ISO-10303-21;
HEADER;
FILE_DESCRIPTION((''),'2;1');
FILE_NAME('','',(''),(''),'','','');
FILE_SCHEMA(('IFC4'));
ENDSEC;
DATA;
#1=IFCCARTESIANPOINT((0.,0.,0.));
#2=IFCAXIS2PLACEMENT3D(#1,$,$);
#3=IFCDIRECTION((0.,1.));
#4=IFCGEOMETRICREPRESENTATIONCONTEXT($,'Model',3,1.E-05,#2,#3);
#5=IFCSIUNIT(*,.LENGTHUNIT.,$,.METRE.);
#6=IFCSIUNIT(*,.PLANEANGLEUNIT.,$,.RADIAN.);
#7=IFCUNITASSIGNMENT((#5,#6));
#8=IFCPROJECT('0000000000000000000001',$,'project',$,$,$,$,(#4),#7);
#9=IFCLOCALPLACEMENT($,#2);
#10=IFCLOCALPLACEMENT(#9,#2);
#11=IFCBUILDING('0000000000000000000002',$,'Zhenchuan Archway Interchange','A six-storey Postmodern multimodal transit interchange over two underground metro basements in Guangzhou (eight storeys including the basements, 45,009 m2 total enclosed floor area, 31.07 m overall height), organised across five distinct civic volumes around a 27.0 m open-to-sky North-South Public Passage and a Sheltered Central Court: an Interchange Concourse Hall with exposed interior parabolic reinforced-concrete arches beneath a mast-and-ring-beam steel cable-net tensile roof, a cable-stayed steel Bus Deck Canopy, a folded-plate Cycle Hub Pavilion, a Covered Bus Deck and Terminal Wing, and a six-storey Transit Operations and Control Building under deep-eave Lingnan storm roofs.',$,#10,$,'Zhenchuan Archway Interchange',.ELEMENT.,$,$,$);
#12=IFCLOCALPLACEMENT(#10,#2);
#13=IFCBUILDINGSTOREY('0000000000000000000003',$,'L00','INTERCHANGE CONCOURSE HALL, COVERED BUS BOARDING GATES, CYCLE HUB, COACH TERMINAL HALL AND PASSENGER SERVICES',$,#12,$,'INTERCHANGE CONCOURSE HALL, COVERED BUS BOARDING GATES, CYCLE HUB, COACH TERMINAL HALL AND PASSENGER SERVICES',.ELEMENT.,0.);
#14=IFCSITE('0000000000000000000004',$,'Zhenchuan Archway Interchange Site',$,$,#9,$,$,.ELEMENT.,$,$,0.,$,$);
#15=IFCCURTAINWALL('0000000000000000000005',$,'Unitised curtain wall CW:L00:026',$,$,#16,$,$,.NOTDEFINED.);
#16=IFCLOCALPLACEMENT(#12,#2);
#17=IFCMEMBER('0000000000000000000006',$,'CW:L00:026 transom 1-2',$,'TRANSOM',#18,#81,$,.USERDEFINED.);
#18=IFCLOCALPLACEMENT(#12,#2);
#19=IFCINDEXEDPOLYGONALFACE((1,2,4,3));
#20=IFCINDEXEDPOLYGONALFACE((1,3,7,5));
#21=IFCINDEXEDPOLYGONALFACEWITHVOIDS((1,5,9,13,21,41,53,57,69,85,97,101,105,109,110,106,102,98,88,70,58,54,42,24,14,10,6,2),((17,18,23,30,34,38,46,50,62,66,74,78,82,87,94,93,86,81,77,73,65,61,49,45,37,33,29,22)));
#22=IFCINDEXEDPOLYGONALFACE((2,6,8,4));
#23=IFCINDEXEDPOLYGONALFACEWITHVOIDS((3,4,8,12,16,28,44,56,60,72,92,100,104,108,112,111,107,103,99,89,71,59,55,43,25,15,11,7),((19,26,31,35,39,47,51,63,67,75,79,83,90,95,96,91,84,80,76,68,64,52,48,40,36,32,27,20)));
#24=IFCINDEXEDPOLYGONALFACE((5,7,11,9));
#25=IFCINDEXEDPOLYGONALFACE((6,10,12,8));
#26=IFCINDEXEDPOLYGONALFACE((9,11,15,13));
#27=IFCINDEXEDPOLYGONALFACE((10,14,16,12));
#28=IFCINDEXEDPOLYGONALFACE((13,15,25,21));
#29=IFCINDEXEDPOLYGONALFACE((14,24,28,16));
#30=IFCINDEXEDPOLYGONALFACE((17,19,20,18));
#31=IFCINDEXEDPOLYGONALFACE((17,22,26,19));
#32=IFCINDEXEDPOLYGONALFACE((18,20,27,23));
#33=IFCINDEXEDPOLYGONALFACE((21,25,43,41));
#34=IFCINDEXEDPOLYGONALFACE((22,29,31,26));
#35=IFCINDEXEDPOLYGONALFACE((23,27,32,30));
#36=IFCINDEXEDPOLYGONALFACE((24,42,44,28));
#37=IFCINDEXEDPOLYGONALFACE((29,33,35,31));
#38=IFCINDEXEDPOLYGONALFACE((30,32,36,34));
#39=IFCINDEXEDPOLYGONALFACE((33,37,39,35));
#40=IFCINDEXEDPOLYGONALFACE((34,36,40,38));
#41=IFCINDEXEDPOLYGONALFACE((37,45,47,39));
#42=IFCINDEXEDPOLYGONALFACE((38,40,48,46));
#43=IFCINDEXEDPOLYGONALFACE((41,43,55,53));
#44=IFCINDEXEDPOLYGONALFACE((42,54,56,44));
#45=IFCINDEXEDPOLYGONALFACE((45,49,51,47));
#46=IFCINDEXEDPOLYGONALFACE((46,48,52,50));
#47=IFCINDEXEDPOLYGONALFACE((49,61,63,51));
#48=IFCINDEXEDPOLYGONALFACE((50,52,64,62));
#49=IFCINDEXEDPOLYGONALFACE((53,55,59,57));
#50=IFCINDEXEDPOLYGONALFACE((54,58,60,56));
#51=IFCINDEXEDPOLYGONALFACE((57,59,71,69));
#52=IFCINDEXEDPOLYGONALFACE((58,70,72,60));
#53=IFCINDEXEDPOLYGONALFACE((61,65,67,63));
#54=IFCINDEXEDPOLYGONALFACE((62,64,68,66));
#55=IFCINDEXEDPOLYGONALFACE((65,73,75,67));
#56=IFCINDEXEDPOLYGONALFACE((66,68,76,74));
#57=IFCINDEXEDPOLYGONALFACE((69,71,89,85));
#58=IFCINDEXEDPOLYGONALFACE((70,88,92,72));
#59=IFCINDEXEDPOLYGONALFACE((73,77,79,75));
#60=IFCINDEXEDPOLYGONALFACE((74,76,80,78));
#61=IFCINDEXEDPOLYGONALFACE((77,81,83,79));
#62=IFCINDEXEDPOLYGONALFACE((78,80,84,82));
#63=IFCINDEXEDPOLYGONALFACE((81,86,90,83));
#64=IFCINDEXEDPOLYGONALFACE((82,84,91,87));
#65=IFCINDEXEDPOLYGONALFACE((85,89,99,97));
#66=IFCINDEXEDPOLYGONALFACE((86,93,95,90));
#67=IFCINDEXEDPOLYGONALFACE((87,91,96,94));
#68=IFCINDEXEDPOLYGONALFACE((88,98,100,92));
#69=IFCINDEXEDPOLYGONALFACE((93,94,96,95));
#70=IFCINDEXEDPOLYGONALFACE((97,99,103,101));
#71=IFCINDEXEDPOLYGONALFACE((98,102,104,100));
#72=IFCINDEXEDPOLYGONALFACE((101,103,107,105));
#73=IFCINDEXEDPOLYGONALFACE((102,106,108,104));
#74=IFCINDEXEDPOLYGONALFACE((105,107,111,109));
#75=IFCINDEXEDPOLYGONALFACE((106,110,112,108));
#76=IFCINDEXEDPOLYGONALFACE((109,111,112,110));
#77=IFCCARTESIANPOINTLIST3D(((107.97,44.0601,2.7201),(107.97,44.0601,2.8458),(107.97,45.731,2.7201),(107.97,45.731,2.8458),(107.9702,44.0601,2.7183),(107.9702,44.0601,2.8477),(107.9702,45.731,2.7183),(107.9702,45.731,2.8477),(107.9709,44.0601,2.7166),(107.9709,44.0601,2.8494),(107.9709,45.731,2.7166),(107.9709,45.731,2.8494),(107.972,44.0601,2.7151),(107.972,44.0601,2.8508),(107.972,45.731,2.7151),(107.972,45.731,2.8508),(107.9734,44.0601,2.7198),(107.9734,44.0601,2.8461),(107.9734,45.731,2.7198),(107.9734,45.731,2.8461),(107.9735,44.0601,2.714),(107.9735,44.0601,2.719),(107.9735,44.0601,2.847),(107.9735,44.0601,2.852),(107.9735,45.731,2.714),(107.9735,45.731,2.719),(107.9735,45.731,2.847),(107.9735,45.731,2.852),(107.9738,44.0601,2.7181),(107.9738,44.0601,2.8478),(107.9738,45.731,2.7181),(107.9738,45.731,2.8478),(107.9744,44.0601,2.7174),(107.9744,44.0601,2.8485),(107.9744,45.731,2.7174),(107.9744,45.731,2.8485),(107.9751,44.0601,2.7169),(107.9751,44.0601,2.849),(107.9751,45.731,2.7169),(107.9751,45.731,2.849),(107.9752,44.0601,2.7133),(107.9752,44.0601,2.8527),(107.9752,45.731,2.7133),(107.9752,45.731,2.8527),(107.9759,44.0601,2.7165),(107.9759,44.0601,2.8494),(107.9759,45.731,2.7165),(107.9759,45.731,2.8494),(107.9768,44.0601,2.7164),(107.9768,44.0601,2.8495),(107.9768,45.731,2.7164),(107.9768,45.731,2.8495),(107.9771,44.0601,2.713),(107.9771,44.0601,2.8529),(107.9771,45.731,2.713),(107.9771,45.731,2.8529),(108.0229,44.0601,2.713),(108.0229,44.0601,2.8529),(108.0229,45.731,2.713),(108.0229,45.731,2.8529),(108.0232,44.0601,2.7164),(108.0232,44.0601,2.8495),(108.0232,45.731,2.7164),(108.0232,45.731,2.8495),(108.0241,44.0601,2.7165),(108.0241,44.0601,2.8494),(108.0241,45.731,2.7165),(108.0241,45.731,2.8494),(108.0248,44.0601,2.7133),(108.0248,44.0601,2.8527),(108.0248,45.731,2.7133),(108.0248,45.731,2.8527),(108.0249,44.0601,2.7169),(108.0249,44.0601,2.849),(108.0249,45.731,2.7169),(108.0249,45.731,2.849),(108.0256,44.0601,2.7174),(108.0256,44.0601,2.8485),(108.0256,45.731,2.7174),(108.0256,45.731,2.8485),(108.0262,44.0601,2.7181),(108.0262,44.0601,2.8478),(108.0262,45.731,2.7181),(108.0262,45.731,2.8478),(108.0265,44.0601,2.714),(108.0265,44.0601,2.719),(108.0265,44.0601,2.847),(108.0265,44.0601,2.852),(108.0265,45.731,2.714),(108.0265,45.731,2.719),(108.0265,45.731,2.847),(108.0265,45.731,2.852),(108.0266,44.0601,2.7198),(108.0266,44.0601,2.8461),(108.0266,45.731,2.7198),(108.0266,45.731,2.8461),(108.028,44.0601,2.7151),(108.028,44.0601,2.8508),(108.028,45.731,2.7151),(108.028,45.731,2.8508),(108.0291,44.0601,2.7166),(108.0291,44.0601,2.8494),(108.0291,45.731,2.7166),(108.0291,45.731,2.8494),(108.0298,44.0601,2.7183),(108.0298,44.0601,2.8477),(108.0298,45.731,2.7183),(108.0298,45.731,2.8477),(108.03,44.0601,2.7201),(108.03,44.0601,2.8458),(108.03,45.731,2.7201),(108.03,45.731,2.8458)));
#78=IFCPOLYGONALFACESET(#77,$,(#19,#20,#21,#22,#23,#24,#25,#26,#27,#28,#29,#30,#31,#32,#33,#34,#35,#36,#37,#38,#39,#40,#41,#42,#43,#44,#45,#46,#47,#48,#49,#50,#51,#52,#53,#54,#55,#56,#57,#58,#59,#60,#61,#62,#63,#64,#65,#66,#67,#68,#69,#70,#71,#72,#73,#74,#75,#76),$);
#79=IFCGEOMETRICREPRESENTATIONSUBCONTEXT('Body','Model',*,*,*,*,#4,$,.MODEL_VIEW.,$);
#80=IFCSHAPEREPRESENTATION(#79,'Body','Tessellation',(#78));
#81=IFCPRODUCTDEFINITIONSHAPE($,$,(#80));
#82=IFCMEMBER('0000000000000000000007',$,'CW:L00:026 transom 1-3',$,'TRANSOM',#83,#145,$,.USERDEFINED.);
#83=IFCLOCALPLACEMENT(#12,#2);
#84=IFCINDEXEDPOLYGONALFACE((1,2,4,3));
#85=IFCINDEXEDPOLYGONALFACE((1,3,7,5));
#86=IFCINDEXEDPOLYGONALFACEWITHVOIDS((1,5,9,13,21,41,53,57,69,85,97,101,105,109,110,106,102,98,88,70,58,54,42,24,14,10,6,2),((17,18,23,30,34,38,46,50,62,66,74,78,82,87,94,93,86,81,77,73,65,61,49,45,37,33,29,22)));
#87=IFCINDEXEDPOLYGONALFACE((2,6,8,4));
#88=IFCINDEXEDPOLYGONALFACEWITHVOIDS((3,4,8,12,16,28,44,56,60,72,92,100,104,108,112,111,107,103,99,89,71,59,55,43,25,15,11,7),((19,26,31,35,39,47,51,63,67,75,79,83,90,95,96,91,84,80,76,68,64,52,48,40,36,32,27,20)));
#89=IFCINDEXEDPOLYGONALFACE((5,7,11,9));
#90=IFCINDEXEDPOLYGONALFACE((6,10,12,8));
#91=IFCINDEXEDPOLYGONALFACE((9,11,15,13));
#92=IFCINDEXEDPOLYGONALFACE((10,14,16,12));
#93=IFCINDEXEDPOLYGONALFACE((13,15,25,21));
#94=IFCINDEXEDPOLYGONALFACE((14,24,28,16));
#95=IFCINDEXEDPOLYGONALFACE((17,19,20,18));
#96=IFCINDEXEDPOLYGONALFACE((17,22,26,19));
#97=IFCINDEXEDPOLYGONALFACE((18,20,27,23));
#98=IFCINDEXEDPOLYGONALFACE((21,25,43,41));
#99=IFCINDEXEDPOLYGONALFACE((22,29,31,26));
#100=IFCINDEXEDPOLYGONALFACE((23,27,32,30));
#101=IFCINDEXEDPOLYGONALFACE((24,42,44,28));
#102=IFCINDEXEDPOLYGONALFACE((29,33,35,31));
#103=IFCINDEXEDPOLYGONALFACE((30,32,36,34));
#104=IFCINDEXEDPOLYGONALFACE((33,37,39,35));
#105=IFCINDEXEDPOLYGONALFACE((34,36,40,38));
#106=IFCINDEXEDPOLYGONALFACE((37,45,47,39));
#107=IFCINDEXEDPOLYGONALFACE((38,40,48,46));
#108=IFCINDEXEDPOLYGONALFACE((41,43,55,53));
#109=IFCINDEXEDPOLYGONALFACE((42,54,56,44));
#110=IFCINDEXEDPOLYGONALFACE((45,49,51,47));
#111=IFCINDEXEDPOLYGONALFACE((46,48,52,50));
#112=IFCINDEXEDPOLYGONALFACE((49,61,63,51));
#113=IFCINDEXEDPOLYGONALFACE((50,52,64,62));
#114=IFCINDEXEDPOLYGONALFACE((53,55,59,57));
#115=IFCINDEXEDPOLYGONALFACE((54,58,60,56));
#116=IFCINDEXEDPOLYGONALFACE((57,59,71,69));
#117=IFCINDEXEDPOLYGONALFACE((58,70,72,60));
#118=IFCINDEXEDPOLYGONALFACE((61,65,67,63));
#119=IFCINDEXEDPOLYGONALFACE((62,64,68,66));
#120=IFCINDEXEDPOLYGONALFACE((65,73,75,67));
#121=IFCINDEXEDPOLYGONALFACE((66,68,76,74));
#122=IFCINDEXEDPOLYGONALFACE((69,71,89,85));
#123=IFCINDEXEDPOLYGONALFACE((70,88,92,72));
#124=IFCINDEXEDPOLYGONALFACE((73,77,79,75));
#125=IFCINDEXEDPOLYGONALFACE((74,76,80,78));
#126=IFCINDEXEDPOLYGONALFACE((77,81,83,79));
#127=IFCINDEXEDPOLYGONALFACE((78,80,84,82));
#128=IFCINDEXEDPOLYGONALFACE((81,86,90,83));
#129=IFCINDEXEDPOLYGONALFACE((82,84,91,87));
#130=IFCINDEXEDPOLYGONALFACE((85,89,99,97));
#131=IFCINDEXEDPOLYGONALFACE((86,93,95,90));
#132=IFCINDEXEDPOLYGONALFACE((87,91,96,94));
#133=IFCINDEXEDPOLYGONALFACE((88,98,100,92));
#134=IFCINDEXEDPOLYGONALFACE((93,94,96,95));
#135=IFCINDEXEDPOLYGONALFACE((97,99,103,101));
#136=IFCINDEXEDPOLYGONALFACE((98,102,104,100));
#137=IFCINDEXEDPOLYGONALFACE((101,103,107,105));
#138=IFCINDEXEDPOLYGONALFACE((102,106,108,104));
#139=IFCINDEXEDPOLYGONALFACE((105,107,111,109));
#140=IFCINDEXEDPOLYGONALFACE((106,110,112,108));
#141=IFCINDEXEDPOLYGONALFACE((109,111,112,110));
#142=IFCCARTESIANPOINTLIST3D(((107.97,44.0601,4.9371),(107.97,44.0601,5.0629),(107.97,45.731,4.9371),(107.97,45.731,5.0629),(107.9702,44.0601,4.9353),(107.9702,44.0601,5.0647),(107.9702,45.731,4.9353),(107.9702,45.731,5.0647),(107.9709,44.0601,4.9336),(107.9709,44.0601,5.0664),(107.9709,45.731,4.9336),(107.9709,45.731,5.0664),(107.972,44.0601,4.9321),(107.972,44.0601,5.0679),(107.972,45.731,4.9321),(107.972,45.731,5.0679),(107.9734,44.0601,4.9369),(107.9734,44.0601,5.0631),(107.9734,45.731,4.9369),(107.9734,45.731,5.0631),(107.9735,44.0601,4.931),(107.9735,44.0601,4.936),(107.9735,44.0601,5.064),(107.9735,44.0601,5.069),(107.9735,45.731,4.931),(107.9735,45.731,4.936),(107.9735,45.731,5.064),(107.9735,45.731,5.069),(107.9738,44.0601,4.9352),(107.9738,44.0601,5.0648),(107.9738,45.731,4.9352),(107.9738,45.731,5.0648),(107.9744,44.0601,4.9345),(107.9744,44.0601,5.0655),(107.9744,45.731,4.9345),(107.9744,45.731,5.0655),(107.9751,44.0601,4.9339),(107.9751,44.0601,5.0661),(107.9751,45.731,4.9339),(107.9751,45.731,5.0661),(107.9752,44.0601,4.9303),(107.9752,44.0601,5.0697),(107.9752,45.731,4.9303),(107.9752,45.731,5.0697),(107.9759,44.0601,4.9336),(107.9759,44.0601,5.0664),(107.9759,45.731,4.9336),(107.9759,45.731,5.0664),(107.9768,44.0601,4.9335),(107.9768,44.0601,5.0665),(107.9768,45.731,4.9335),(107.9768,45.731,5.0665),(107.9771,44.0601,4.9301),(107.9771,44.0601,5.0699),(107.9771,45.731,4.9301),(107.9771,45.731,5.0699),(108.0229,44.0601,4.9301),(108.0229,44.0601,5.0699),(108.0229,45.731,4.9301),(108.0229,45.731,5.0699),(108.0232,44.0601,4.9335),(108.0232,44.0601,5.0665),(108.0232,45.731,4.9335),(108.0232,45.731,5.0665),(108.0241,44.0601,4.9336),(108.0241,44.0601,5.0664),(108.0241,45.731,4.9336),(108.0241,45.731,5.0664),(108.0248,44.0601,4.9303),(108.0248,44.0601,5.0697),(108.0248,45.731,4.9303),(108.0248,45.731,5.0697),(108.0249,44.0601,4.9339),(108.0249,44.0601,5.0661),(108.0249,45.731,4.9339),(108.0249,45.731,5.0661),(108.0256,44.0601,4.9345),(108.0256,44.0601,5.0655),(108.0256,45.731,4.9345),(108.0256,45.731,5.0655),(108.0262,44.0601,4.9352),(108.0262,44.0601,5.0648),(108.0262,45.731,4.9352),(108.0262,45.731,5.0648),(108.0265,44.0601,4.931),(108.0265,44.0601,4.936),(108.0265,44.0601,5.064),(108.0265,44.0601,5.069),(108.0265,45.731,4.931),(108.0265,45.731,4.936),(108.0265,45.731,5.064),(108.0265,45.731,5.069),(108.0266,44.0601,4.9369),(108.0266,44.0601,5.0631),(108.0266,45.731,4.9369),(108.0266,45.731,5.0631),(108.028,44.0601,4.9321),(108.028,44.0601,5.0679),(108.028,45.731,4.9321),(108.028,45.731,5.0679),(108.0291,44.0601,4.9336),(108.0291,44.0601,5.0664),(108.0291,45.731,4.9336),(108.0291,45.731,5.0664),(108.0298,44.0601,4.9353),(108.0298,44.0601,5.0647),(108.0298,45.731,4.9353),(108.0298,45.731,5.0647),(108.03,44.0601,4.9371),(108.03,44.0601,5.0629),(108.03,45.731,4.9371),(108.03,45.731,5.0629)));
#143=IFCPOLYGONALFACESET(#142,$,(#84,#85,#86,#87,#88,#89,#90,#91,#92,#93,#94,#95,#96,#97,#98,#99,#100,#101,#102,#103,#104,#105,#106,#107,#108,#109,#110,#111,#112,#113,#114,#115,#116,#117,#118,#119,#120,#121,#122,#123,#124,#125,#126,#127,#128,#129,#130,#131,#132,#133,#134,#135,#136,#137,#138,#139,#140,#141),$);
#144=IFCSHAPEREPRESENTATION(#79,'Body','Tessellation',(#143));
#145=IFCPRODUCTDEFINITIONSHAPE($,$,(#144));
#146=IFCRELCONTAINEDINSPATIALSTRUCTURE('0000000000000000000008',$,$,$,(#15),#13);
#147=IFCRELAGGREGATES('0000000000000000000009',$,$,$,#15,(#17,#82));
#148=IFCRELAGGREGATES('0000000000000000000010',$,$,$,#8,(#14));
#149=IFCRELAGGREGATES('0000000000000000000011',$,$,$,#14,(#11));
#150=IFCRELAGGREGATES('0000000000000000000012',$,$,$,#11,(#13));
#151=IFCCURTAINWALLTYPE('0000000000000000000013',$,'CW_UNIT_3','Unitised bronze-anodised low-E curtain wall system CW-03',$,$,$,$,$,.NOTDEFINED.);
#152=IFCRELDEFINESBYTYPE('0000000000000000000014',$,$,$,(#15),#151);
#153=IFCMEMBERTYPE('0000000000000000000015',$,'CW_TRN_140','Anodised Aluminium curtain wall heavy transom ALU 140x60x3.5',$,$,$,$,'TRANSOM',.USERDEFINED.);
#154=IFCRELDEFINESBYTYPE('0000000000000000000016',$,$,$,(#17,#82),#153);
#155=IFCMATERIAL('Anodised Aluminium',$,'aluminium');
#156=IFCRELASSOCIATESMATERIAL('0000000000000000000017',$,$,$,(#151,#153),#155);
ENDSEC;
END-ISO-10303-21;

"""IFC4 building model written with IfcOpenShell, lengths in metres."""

from ifc_helpers import new_model, si_unit, direction, frame, origin, origin_2d, place, context, subcontext, project, spatial, hollow_rectangle, extrude, material, material_profile, profile_set, type_object, element, aggregate, save


model = new_model("IFC4")

# Units and contexts
model_context = context("Model", 3, precision=1e-05, world=origin(), true_north=direction((0.0, 1.0)))
body_context = subcontext(model_context, "Body", "Model", "MODEL_VIEW")
ifc_project = project(units=[si_unit("LENGTHUNIT", "METRE"), si_unit("PLANEANGLEUNIT", "RADIAN")], contexts=[model_context])

# Site, building, storey
site_placement = place(None, origin())
site = spatial("IfcSite", under=ifc_project, at=site_placement, Name="Zhenchuan Archway Interchange Site", CompositionType="ELEMENT", RefElevation=0.0)
building_placement = place(site_placement, origin())
building = spatial("IfcBuilding", under=site, at=building_placement, Name="Zhenchuan Archway Interchange", Description="A six-storey Postmodern multimodal transit interchange over two underground metro basements in Guangzhou (eight storeys including the basements, 45,009 m2 total enclosed floor area, 31.07 m overall height), organised across five distinct civic volumes around a 27.0 m open-to-sky North-South Public Passage and a Sheltered Central Court: an Interchange Concourse Hall with exposed interior parabolic reinforced-concrete arches beneath a mast-and-ring-beam steel cable-net tensile roof, a cable-stayed steel Bus Deck Canopy, a folded-plate Cycle Hub Pavilion, a Covered Bus Deck and Terminal Wing, and a six-storey Transit Operations and Control Building under deep-eave Lingnan storm roofs.", LongName="Zhenchuan Archway Interchange", CompositionType="ELEMENT")
storey_placement = place(building_placement, origin())
storey = spatial("IfcBuildingStorey", under=building, at=storey_placement, Name="L00", Description="INTERCHANGE CONCOURSE HALL, COVERED BUS BOARDING GATES, CYCLE HUB, COACH TERMINAL HALL AND PASSENGER SERVICES", LongName="INTERCHANGE CONCOURSE HALL, COVERED BUS BOARDING GATES, CYCLE HUB, COACH TERMINAL HALL AND PASSENGER SERVICES", CompositionType="ELEMENT", Elevation=0.0)

# Curtain wall, members
ifc_material_1 = material(Name="Anodised Aluminium", Category="aluminium")
curtain_wall_type = type_object("IfcCurtainWallType", Name="CW_UNIT_3", Description="Unitised bronze-anodised low-E curtain wall system CW-03", PredefinedType="NOTDEFINED", material=ifc_material_1)
curtain_wall_placement = place(storey_placement, origin())
curtain_wall = element("IfcCurtainWall", 1, at=curtain_wall_placement, inside=storey, type_object=curtain_wall_type, Name="Unitised curtain wall CW:L00:026", PredefinedType="NOTDEFINED")
ifc_material_profile_1 = material_profile(ifc_material_1, hollow_rectangle(XDim=0.0601, YDim=0.1399, WallThickness=0.0034, InnerFilletRadius=0.0034, OuterFilletRadius=0.0071, at=origin_2d()), Name="ALU 140x60x3.5")
ifc_profile_set_1 = profile_set([ifc_material_profile_1], Name="Anodised Aluminium")
member_type_1 = type_object("IfcMemberType", Name="CW_TRN_140", Description="Anodised Aluminium curtain wall heavy transom ALU 140x60x3.5", ElementType="TRANSOM", PredefinedType="USERDEFINED", material=ifc_profile_set_1)
member_1_placement = place(storey_placement, frame((108.0, 45.731, 2.783), z_axis=(0.0, -1.0, 0.0), x_axis=(1.0, 0.0, 0.0)))
member_1 = element("IfcMember", 2, at=member_1_placement, type_object=member_type_1, Name="CW:L00:026 transom 1-2", ObjectType="TRANSOM", PredefinedType="USERDEFINED", context=body_context, shape_type="SweptSolid", body=[
    extrude(hollow_rectangle(XDim=0.0601, YDim=0.1399, WallThickness=0.0034, InnerFilletRadius=0.0034, OuterFilletRadius=0.0071, at=origin_2d()), origin(), (0.0, 0.0, 1.0), 1.6709),
])
member_2_placement = place(storey_placement, frame((108.0, 45.731, 5.0), z_axis=(0.0, -1.0, 0.0), x_axis=(1.0, 0.0, 0.0)))
member_2 = element("IfcMember", 3, at=member_2_placement, type_object=member_type_1, Name="CW:L00:026 transom 1-3", ObjectType="TRANSOM", PredefinedType="USERDEFINED", context=body_context, shape_type="SweptSolid", body=[
    extrude(hollow_rectangle(XDim=0.0601, YDim=0.1399, WallThickness=0.0034, InnerFilletRadius=0.0034, OuterFilletRadius=0.0071, at=origin_2d()), origin(), (0.0, 0.0, 1.0), 1.6709),
])
aggregate(curtain_wall, [member_1, member_2])

save(model, "model.ifc")
